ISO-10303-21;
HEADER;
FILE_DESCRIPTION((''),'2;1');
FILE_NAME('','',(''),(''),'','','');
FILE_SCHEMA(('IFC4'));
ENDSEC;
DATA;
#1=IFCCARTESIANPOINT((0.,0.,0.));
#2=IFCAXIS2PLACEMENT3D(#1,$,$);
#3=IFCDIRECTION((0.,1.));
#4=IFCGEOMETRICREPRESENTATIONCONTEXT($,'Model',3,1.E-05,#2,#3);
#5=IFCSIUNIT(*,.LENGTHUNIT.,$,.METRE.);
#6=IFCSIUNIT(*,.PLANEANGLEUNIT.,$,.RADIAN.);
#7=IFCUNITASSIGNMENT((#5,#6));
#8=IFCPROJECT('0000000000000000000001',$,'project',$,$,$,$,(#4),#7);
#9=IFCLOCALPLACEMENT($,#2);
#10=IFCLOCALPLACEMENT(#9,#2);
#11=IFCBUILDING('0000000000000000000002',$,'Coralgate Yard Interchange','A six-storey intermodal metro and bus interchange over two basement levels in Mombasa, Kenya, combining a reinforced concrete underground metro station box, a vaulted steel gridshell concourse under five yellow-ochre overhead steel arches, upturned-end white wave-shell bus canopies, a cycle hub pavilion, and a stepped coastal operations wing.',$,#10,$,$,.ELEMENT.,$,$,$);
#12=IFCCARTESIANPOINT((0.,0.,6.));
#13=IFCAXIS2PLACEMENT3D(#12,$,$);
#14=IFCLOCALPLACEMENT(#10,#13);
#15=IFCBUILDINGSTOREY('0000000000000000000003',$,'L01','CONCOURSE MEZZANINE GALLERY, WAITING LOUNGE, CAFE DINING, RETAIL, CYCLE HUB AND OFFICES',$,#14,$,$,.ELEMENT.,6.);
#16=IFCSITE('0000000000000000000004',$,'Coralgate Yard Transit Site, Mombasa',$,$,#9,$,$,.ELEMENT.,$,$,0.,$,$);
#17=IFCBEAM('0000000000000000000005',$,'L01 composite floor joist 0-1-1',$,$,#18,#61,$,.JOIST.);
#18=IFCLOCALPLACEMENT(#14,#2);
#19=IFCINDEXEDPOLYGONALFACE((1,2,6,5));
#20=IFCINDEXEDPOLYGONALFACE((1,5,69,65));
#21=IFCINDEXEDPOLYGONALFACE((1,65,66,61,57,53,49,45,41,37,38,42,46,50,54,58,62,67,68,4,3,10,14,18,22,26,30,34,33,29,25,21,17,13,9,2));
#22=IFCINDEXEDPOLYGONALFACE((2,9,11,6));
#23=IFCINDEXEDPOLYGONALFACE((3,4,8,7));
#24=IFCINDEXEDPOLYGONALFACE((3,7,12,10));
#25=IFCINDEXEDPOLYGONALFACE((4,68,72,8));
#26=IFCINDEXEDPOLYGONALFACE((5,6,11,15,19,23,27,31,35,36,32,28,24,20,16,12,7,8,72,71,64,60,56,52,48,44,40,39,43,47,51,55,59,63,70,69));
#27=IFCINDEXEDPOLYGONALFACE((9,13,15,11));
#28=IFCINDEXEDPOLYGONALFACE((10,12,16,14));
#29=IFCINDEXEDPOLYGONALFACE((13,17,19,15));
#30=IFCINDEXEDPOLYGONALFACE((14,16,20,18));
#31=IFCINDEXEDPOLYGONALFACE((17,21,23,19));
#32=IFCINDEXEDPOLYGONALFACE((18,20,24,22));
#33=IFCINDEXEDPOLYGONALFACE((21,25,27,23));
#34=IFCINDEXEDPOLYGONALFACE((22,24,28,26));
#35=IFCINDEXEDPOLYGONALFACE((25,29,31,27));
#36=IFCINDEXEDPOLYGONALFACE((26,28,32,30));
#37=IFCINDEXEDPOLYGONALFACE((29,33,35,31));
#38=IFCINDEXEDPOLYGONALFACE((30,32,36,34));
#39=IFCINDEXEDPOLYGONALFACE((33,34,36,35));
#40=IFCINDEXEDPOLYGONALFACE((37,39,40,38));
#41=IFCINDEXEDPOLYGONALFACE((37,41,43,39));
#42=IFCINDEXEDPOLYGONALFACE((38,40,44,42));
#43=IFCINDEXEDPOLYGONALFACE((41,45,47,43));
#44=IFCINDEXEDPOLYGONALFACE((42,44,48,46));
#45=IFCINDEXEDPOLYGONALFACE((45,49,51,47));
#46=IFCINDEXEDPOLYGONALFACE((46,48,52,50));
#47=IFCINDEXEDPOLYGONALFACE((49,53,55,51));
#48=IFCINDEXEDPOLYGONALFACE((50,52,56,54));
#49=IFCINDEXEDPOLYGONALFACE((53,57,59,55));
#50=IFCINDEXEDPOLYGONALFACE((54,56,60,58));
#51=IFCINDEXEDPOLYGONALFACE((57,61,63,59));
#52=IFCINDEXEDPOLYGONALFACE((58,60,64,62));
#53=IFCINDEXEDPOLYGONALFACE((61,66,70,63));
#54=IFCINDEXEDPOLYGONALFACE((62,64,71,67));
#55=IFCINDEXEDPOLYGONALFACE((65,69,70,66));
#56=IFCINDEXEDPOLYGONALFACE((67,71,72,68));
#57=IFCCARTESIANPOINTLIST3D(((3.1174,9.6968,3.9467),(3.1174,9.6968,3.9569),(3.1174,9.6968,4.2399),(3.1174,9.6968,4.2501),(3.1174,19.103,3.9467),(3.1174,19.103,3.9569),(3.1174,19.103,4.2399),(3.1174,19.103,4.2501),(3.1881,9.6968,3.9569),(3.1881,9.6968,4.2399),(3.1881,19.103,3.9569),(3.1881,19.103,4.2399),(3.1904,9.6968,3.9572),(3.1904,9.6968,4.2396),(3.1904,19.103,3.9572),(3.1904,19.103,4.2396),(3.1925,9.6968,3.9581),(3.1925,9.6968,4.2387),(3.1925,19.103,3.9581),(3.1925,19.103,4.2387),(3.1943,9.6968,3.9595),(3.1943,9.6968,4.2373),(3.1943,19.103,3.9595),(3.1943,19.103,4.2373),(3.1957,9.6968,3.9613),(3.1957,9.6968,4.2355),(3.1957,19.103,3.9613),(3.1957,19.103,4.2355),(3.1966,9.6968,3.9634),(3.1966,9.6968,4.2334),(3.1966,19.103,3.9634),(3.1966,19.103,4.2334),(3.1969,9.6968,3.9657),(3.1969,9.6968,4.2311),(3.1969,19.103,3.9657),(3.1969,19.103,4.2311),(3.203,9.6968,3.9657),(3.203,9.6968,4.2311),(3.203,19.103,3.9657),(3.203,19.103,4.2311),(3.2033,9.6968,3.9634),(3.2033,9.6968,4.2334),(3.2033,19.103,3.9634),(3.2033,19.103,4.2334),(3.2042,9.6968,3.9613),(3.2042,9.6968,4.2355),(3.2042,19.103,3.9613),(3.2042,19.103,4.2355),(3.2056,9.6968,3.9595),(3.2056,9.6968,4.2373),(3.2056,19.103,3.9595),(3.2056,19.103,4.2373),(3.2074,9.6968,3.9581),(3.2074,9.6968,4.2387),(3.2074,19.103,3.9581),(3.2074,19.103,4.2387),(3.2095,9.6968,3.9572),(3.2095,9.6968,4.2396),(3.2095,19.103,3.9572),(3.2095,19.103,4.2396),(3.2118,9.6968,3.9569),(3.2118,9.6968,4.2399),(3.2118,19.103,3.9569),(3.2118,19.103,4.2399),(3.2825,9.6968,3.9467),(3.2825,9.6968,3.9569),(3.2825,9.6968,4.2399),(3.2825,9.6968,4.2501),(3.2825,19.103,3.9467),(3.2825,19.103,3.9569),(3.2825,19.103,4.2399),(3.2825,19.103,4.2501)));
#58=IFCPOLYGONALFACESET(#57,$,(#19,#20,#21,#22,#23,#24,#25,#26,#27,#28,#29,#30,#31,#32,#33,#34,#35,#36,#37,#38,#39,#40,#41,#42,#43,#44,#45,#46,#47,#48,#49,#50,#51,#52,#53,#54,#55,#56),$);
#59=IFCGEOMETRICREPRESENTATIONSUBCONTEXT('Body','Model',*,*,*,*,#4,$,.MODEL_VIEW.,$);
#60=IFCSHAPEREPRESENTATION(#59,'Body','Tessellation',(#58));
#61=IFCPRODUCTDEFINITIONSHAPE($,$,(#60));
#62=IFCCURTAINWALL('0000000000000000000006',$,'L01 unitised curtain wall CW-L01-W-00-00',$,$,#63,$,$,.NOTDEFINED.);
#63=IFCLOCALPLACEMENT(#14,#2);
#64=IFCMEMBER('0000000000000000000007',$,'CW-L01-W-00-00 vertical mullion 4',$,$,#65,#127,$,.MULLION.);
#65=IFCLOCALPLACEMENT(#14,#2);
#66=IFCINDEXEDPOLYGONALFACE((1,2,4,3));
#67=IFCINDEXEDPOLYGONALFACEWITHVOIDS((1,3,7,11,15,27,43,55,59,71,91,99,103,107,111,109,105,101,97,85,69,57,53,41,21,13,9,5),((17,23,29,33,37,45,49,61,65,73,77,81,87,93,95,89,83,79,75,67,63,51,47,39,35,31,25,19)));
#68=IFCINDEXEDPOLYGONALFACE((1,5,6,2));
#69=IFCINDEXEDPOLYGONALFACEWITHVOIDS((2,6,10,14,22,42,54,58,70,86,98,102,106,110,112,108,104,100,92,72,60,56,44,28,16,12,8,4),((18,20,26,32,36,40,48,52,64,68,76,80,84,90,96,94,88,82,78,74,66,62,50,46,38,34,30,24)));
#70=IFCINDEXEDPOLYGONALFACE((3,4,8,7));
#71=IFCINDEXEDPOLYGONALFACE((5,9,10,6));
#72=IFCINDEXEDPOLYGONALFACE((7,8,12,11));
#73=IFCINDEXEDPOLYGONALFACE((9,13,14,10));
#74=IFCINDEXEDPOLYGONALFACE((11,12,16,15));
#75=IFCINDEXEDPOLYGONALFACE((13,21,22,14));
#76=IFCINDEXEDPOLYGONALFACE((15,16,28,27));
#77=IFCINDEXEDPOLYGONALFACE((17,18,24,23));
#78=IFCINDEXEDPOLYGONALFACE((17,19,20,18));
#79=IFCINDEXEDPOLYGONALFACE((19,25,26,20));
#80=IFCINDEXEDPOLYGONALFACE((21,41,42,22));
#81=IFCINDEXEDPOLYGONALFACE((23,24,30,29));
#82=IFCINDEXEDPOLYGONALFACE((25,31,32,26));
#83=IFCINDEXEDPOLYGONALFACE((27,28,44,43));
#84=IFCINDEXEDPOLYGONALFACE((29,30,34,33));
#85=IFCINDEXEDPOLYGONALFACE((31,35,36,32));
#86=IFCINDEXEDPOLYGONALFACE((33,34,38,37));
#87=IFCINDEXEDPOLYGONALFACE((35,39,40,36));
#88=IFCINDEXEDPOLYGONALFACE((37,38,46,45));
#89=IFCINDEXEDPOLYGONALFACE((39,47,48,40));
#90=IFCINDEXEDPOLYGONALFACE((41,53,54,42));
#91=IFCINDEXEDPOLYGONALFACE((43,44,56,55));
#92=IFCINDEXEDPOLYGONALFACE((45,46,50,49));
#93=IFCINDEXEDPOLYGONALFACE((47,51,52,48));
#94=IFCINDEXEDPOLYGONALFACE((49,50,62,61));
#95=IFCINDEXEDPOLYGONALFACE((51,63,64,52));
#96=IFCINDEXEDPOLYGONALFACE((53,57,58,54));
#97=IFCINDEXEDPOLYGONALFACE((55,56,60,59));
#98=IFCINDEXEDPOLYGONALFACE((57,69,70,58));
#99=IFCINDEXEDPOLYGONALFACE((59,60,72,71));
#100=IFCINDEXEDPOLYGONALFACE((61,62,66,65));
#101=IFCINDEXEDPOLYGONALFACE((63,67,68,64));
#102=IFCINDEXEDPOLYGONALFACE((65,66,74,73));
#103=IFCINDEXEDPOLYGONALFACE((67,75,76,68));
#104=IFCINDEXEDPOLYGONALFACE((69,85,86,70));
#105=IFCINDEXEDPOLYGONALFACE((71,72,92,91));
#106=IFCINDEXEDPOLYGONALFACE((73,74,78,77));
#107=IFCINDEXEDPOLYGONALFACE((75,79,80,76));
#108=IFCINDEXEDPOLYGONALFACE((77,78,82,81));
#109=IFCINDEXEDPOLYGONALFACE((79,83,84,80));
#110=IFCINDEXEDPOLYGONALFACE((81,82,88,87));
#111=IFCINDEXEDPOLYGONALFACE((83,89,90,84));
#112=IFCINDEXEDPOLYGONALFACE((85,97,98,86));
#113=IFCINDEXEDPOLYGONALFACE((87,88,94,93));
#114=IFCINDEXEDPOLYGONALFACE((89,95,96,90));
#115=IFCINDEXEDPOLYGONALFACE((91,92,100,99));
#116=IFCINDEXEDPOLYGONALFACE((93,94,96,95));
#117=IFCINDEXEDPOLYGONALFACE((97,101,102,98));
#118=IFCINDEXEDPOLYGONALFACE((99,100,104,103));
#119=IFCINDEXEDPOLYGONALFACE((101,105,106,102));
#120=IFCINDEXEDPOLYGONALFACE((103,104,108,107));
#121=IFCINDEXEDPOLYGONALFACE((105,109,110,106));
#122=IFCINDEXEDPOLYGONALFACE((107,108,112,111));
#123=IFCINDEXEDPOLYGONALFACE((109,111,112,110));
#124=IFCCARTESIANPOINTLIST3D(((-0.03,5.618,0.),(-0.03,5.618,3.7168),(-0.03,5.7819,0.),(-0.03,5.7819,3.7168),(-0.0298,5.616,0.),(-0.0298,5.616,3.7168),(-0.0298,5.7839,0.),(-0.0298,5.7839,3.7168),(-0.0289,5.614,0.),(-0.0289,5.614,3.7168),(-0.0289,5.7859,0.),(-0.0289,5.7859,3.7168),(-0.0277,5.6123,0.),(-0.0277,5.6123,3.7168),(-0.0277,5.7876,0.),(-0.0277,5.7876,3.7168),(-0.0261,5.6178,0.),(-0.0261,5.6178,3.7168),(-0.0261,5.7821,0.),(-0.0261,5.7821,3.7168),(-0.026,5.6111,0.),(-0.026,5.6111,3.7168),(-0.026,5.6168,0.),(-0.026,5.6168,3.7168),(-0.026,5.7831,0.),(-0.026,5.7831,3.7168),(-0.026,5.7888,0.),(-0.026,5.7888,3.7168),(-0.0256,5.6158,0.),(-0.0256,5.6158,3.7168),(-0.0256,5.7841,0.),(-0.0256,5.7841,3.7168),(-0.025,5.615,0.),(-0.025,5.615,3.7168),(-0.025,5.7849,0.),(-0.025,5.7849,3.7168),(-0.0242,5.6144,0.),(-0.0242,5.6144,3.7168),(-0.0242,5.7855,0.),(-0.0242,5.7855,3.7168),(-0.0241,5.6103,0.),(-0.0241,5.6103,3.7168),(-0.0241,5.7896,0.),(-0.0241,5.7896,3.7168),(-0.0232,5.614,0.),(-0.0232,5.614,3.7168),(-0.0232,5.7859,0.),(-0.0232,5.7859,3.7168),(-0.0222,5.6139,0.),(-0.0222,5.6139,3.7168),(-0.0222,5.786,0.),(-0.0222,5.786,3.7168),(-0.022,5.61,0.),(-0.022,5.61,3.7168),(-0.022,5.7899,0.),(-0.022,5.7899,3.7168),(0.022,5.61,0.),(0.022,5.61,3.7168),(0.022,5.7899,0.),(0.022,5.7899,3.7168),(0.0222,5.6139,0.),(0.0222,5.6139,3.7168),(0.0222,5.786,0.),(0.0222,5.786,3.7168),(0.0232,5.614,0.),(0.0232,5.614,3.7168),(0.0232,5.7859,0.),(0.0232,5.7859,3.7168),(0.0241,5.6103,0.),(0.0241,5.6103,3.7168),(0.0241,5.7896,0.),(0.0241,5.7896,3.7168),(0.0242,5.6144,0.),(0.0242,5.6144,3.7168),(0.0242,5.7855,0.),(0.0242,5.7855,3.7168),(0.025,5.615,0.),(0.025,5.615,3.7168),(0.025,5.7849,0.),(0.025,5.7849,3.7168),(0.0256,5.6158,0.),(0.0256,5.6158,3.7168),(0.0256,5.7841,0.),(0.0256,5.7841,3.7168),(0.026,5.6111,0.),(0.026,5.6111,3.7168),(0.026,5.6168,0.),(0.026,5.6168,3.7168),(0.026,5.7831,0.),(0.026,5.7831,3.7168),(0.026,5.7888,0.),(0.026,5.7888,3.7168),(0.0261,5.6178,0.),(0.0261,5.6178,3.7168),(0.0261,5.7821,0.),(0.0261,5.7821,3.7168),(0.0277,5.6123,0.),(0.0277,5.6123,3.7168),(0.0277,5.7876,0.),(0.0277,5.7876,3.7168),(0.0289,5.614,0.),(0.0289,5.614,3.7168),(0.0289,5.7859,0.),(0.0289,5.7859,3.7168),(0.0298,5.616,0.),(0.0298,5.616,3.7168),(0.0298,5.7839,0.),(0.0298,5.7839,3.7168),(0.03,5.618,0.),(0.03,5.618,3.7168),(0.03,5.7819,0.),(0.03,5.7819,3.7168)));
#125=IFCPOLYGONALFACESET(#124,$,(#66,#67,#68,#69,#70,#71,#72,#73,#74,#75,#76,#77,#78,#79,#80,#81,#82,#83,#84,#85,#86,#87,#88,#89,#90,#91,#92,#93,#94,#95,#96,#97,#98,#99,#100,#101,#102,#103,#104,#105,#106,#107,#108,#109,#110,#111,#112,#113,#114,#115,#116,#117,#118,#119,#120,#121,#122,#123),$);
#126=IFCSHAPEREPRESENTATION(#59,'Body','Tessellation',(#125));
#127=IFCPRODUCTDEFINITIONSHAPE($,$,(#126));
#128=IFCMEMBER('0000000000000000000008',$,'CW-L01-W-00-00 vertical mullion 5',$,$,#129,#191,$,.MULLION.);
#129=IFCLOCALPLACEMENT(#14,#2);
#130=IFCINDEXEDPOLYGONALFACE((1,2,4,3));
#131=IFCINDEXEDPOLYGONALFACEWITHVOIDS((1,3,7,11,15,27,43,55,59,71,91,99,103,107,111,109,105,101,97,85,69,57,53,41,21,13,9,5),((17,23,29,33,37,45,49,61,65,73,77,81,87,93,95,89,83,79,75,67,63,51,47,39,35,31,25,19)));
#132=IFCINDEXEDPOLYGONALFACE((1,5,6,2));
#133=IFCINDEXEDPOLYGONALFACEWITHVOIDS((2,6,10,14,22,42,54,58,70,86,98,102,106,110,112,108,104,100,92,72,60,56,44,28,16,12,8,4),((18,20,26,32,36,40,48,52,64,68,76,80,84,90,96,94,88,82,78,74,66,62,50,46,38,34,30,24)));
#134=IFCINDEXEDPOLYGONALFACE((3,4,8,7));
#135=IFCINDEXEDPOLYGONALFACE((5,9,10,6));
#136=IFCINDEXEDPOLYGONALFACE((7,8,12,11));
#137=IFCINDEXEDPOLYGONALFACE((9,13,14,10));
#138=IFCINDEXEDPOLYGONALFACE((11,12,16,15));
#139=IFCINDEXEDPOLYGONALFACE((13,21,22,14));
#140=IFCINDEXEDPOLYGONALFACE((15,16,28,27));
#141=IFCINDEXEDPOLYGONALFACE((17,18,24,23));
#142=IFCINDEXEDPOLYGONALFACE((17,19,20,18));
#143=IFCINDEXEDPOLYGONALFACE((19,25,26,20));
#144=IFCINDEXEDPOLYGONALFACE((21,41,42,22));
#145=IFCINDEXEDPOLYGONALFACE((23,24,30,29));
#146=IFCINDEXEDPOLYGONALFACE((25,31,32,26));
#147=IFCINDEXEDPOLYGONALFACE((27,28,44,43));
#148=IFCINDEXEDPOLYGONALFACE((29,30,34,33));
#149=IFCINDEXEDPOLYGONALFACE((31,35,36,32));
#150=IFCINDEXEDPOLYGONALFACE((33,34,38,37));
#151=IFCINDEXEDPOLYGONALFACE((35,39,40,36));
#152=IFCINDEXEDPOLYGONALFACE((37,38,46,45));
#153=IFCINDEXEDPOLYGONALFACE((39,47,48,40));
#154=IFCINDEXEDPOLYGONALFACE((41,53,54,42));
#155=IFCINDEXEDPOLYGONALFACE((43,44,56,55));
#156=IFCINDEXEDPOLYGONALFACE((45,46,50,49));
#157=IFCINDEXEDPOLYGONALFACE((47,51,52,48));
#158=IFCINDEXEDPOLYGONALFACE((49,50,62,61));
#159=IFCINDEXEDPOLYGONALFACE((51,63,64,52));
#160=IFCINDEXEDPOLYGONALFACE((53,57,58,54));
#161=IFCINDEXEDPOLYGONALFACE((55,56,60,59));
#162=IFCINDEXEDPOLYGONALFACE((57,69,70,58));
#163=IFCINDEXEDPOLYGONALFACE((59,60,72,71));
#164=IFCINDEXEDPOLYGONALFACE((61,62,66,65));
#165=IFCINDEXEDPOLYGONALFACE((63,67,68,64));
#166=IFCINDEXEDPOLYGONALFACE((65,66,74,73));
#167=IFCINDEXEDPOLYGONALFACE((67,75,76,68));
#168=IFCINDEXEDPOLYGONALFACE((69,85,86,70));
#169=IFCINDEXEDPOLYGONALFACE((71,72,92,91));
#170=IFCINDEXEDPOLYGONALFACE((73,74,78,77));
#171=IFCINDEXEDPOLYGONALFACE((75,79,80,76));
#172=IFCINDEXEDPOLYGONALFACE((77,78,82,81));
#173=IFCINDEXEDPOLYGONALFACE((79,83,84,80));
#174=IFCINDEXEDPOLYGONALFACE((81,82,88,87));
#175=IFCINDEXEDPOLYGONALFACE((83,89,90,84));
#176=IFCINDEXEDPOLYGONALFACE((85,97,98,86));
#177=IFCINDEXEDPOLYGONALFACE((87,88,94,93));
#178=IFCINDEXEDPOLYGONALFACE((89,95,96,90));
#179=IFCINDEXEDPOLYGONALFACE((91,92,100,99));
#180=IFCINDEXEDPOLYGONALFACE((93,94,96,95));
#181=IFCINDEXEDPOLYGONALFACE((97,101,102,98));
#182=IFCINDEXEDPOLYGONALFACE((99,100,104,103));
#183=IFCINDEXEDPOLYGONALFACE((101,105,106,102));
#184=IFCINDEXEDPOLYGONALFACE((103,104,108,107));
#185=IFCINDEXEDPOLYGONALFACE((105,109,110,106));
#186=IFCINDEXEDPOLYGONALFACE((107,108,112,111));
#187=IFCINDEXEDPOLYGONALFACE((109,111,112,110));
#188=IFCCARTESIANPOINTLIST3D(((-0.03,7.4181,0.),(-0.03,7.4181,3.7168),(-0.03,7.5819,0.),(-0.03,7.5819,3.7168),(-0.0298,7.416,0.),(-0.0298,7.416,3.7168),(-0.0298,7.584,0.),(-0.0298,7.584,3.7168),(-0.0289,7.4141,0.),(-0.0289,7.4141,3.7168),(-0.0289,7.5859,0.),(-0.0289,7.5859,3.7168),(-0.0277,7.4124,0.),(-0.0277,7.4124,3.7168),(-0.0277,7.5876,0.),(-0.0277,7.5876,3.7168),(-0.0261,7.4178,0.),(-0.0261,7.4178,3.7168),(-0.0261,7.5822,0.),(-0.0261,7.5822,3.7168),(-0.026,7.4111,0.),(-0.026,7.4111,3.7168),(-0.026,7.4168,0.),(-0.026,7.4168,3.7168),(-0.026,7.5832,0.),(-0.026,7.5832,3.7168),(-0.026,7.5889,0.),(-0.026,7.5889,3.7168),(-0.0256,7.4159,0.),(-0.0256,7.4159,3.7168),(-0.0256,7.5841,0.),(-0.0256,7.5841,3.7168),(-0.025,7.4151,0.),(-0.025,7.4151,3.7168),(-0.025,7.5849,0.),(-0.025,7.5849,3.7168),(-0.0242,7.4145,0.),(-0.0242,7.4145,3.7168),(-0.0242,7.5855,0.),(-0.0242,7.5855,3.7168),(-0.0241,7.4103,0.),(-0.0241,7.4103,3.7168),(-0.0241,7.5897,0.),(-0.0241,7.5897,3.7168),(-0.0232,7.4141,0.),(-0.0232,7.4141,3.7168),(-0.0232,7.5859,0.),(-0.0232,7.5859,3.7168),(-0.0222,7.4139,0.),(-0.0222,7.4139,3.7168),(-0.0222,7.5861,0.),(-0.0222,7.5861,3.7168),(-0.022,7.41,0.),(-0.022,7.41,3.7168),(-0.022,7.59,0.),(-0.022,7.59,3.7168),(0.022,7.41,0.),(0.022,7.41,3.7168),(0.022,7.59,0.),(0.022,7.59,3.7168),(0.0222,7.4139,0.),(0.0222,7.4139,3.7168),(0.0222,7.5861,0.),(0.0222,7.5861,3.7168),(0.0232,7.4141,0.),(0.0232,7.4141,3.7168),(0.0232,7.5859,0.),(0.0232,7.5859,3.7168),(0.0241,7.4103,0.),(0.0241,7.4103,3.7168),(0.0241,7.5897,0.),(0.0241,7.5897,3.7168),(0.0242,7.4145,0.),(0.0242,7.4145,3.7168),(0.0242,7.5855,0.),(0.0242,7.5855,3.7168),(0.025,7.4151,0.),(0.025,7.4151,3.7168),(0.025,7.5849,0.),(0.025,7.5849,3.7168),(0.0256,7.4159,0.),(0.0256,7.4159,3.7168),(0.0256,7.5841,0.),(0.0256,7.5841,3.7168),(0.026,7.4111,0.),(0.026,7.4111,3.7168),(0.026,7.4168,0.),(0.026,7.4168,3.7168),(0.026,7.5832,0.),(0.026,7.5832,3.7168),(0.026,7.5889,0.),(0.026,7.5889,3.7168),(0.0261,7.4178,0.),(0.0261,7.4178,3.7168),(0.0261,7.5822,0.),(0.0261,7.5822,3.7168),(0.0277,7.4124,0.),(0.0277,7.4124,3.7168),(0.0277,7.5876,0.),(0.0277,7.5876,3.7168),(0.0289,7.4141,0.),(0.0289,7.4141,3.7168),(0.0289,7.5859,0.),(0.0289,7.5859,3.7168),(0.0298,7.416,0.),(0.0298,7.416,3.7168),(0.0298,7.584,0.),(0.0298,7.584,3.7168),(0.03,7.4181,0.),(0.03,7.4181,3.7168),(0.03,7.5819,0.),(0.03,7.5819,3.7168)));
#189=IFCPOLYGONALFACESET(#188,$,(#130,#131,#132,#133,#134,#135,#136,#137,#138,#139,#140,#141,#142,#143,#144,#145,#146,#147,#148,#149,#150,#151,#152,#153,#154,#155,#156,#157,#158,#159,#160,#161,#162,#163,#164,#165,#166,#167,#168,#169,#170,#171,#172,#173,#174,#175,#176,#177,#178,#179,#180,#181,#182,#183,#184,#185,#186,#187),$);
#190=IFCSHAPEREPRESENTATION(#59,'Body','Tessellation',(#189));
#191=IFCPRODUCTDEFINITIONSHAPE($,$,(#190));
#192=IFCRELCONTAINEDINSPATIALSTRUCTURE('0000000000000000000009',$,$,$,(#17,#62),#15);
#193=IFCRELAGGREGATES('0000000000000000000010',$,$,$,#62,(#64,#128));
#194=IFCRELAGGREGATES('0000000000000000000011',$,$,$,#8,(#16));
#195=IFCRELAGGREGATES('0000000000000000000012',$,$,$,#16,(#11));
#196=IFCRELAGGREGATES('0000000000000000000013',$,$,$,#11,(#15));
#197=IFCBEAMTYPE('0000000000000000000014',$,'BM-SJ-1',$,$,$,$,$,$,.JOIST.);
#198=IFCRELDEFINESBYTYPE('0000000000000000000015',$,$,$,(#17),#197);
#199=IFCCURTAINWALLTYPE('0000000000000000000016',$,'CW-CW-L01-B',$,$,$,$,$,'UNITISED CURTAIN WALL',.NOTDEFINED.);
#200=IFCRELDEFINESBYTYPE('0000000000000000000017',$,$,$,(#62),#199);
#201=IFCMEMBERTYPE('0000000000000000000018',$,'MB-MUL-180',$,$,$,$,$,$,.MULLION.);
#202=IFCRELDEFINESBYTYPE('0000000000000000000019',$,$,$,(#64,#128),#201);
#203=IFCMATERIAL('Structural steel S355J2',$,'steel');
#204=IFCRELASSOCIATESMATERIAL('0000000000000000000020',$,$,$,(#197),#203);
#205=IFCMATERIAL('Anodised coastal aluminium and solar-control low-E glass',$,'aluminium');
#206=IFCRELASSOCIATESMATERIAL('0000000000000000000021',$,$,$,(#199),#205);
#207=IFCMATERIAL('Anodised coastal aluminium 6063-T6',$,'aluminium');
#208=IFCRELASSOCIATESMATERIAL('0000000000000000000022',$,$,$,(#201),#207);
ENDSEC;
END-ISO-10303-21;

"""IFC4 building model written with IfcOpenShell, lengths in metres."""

from ifc_helpers import new_model, si_unit, direction, frame, origin, origin_2d, place, context, subcontext, project, spatial, hollow_rectangle, i_section, extrude, material, material_profile, profile_set, type_object, element, aggregate, save


model = new_model("IFC4")

# Units and contexts
model_context = context("Model", 3, precision=1e-05, world=origin(), true_north=direction((0.0, 1.0)))
body_context = subcontext(model_context, "Body", "Model", "MODEL_VIEW")
ifc_project = project(units=[si_unit("LENGTHUNIT", "METRE"), si_unit("PLANEANGLEUNIT", "RADIAN")], contexts=[model_context])

# Site, building, storey
site_placement = place(None, origin())
site = spatial("IfcSite", under=ifc_project, at=site_placement, Name="Coralgate Yard Transit Site, Mombasa", CompositionType="ELEMENT", RefElevation=0.0)
building_placement = place(site_placement, origin())
building = spatial("IfcBuilding", under=site, at=building_placement, Name="Coralgate Yard Interchange", Description="A six-storey intermodal metro and bus interchange over two basement levels in Mombasa, Kenya, combining a reinforced concrete underground metro station box, a vaulted steel gridshell concourse under five yellow-ochre overhead steel arches, upturned-end white wave-shell bus canopies, a cycle hub pavilion, and a stepped coastal operations wing.", CompositionType="ELEMENT")
storey_placement = place(building_placement, frame((0.0, 0.0, 6.0)))
storey = spatial("IfcBuildingStorey", under=building, at=storey_placement, Name="L01", Description="CONCOURSE MEZZANINE GALLERY, WAITING LOUNGE, CAFE DINING, RETAIL, CYCLE HUB AND OFFICES", CompositionType="ELEMENT", Elevation=6.0)

# Shared definitions
ifc_material_1 = material(Name="Structural steel S355J2", Category="steel")

# Beam
ifc_material_profile_1 = material_profile(ifc_material_1, i_section(OverallWidth=0.165, OverallDepth=0.3035, WebThickness=0.0061, FlangeThickness=0.0103, FilletRadius=0.0088, at=origin_2d()), Name="UB 305x165x40")
ifc_profile_set_1 = profile_set([ifc_material_profile_1], Name="Structural steel S355J2")
beam_type_1 = type_object("IfcBeamType", Name="BM-SJ-1", PredefinedType="JOIST", material=ifc_profile_set_1)
beam_1_placement = place(storey_placement, frame((3.2, 9.6968, 4.0984), z_axis=(0.0, 1.0, 0.0), x_axis=(-1.0, 0.0, 0.0)))
element("IfcBeam", 1, at=beam_1_placement, inside=storey, type_object=beam_type_1, Name="L01 composite floor joist 0-1-1", PredefinedType="JOIST", context=body_context, shape_type="SweptSolid", body=[
    extrude(i_section(OverallWidth=0.165, OverallDepth=0.3035, WebThickness=0.0061, FlangeThickness=0.0103, FilletRadius=0.0088, at=origin_2d()), origin(), (0.0, 0.0, 1.0), 9.4062),
])

# Curtain wall, members
ifc_material_2 = material(Name="Anodised coastal aluminium and solar-control low-E glass", Category="aluminium")
curtain_wall_type_1 = type_object("IfcCurtainWallType", Name="CW-CW-L01-B", ElementType="UNITISED CURTAIN WALL", PredefinedType="NOTDEFINED", material=ifc_material_2)
curtain_wall_1_placement = place(storey_placement, origin())
curtain_wall_1 = element("IfcCurtainWall", 2, at=curtain_wall_1_placement, inside=storey, type_object=curtain_wall_type_1, Name="L01 unitised curtain wall CW-L01-W-00-00", PredefinedType="NOTDEFINED")
ifc_material_3 = material(Name="Anodised coastal aluminium 6063-T6", Category="aluminium")
ifc_material_profile_2 = material_profile(ifc_material_3, hollow_rectangle(XDim=0.0601, YDim=0.1799, WallThickness=0.0039, InnerFilletRadius=0.0039, OuterFilletRadius=0.0081, at=origin_2d()), Name="ALU 60x180x4")
ifc_profile_set_2 = profile_set([ifc_material_profile_2], Name="Anodised coastal aluminium 6063-T6")
member_type_1 = type_object("IfcMemberType", Name="MB-MUL-180", PredefinedType="MULLION", material=ifc_profile_set_2)
member_1_placement = place(storey_placement, frame((0.0, 5.7, 0.0), z_axis=(0.0, 0.0, 1.0), x_axis=(1.0, 0.0, 0.0)))
member_1 = element("IfcMember", 3, at=member_1_placement, type_object=member_type_1, Name="CW-L01-W-00-00 vertical mullion 4", PredefinedType="MULLION", context=body_context, shape_type="SweptSolid", body=[
    extrude(hollow_rectangle(XDim=0.0601, YDim=0.1799, WallThickness=0.0039, InnerFilletRadius=0.0039, OuterFilletRadius=0.0081, at=origin_2d()), origin(), (0.0, 0.0, 1.0), 3.7168),
])
member_2_placement = place(storey_placement, frame((0.0, 7.5, 0.0), z_axis=(0.0, 0.0, 1.0), x_axis=(1.0, 0.0, 0.0)))
member_2 = element("IfcMember", 4, at=member_2_placement, type_object=member_type_1, Name="CW-L01-W-00-00 vertical mullion 5", PredefinedType="MULLION", context=body_context, shape_type="SweptSolid", body=[
    extrude(hollow_rectangle(XDim=0.0601, YDim=0.1799, WallThickness=0.0039, InnerFilletRadius=0.0039, OuterFilletRadius=0.0081, at=origin_2d()), origin(), (0.0, 0.0, 1.0), 3.7168),
])

aggregate(curtain_wall_1, [member_1, member_2])

save(model, "model.ifc")
